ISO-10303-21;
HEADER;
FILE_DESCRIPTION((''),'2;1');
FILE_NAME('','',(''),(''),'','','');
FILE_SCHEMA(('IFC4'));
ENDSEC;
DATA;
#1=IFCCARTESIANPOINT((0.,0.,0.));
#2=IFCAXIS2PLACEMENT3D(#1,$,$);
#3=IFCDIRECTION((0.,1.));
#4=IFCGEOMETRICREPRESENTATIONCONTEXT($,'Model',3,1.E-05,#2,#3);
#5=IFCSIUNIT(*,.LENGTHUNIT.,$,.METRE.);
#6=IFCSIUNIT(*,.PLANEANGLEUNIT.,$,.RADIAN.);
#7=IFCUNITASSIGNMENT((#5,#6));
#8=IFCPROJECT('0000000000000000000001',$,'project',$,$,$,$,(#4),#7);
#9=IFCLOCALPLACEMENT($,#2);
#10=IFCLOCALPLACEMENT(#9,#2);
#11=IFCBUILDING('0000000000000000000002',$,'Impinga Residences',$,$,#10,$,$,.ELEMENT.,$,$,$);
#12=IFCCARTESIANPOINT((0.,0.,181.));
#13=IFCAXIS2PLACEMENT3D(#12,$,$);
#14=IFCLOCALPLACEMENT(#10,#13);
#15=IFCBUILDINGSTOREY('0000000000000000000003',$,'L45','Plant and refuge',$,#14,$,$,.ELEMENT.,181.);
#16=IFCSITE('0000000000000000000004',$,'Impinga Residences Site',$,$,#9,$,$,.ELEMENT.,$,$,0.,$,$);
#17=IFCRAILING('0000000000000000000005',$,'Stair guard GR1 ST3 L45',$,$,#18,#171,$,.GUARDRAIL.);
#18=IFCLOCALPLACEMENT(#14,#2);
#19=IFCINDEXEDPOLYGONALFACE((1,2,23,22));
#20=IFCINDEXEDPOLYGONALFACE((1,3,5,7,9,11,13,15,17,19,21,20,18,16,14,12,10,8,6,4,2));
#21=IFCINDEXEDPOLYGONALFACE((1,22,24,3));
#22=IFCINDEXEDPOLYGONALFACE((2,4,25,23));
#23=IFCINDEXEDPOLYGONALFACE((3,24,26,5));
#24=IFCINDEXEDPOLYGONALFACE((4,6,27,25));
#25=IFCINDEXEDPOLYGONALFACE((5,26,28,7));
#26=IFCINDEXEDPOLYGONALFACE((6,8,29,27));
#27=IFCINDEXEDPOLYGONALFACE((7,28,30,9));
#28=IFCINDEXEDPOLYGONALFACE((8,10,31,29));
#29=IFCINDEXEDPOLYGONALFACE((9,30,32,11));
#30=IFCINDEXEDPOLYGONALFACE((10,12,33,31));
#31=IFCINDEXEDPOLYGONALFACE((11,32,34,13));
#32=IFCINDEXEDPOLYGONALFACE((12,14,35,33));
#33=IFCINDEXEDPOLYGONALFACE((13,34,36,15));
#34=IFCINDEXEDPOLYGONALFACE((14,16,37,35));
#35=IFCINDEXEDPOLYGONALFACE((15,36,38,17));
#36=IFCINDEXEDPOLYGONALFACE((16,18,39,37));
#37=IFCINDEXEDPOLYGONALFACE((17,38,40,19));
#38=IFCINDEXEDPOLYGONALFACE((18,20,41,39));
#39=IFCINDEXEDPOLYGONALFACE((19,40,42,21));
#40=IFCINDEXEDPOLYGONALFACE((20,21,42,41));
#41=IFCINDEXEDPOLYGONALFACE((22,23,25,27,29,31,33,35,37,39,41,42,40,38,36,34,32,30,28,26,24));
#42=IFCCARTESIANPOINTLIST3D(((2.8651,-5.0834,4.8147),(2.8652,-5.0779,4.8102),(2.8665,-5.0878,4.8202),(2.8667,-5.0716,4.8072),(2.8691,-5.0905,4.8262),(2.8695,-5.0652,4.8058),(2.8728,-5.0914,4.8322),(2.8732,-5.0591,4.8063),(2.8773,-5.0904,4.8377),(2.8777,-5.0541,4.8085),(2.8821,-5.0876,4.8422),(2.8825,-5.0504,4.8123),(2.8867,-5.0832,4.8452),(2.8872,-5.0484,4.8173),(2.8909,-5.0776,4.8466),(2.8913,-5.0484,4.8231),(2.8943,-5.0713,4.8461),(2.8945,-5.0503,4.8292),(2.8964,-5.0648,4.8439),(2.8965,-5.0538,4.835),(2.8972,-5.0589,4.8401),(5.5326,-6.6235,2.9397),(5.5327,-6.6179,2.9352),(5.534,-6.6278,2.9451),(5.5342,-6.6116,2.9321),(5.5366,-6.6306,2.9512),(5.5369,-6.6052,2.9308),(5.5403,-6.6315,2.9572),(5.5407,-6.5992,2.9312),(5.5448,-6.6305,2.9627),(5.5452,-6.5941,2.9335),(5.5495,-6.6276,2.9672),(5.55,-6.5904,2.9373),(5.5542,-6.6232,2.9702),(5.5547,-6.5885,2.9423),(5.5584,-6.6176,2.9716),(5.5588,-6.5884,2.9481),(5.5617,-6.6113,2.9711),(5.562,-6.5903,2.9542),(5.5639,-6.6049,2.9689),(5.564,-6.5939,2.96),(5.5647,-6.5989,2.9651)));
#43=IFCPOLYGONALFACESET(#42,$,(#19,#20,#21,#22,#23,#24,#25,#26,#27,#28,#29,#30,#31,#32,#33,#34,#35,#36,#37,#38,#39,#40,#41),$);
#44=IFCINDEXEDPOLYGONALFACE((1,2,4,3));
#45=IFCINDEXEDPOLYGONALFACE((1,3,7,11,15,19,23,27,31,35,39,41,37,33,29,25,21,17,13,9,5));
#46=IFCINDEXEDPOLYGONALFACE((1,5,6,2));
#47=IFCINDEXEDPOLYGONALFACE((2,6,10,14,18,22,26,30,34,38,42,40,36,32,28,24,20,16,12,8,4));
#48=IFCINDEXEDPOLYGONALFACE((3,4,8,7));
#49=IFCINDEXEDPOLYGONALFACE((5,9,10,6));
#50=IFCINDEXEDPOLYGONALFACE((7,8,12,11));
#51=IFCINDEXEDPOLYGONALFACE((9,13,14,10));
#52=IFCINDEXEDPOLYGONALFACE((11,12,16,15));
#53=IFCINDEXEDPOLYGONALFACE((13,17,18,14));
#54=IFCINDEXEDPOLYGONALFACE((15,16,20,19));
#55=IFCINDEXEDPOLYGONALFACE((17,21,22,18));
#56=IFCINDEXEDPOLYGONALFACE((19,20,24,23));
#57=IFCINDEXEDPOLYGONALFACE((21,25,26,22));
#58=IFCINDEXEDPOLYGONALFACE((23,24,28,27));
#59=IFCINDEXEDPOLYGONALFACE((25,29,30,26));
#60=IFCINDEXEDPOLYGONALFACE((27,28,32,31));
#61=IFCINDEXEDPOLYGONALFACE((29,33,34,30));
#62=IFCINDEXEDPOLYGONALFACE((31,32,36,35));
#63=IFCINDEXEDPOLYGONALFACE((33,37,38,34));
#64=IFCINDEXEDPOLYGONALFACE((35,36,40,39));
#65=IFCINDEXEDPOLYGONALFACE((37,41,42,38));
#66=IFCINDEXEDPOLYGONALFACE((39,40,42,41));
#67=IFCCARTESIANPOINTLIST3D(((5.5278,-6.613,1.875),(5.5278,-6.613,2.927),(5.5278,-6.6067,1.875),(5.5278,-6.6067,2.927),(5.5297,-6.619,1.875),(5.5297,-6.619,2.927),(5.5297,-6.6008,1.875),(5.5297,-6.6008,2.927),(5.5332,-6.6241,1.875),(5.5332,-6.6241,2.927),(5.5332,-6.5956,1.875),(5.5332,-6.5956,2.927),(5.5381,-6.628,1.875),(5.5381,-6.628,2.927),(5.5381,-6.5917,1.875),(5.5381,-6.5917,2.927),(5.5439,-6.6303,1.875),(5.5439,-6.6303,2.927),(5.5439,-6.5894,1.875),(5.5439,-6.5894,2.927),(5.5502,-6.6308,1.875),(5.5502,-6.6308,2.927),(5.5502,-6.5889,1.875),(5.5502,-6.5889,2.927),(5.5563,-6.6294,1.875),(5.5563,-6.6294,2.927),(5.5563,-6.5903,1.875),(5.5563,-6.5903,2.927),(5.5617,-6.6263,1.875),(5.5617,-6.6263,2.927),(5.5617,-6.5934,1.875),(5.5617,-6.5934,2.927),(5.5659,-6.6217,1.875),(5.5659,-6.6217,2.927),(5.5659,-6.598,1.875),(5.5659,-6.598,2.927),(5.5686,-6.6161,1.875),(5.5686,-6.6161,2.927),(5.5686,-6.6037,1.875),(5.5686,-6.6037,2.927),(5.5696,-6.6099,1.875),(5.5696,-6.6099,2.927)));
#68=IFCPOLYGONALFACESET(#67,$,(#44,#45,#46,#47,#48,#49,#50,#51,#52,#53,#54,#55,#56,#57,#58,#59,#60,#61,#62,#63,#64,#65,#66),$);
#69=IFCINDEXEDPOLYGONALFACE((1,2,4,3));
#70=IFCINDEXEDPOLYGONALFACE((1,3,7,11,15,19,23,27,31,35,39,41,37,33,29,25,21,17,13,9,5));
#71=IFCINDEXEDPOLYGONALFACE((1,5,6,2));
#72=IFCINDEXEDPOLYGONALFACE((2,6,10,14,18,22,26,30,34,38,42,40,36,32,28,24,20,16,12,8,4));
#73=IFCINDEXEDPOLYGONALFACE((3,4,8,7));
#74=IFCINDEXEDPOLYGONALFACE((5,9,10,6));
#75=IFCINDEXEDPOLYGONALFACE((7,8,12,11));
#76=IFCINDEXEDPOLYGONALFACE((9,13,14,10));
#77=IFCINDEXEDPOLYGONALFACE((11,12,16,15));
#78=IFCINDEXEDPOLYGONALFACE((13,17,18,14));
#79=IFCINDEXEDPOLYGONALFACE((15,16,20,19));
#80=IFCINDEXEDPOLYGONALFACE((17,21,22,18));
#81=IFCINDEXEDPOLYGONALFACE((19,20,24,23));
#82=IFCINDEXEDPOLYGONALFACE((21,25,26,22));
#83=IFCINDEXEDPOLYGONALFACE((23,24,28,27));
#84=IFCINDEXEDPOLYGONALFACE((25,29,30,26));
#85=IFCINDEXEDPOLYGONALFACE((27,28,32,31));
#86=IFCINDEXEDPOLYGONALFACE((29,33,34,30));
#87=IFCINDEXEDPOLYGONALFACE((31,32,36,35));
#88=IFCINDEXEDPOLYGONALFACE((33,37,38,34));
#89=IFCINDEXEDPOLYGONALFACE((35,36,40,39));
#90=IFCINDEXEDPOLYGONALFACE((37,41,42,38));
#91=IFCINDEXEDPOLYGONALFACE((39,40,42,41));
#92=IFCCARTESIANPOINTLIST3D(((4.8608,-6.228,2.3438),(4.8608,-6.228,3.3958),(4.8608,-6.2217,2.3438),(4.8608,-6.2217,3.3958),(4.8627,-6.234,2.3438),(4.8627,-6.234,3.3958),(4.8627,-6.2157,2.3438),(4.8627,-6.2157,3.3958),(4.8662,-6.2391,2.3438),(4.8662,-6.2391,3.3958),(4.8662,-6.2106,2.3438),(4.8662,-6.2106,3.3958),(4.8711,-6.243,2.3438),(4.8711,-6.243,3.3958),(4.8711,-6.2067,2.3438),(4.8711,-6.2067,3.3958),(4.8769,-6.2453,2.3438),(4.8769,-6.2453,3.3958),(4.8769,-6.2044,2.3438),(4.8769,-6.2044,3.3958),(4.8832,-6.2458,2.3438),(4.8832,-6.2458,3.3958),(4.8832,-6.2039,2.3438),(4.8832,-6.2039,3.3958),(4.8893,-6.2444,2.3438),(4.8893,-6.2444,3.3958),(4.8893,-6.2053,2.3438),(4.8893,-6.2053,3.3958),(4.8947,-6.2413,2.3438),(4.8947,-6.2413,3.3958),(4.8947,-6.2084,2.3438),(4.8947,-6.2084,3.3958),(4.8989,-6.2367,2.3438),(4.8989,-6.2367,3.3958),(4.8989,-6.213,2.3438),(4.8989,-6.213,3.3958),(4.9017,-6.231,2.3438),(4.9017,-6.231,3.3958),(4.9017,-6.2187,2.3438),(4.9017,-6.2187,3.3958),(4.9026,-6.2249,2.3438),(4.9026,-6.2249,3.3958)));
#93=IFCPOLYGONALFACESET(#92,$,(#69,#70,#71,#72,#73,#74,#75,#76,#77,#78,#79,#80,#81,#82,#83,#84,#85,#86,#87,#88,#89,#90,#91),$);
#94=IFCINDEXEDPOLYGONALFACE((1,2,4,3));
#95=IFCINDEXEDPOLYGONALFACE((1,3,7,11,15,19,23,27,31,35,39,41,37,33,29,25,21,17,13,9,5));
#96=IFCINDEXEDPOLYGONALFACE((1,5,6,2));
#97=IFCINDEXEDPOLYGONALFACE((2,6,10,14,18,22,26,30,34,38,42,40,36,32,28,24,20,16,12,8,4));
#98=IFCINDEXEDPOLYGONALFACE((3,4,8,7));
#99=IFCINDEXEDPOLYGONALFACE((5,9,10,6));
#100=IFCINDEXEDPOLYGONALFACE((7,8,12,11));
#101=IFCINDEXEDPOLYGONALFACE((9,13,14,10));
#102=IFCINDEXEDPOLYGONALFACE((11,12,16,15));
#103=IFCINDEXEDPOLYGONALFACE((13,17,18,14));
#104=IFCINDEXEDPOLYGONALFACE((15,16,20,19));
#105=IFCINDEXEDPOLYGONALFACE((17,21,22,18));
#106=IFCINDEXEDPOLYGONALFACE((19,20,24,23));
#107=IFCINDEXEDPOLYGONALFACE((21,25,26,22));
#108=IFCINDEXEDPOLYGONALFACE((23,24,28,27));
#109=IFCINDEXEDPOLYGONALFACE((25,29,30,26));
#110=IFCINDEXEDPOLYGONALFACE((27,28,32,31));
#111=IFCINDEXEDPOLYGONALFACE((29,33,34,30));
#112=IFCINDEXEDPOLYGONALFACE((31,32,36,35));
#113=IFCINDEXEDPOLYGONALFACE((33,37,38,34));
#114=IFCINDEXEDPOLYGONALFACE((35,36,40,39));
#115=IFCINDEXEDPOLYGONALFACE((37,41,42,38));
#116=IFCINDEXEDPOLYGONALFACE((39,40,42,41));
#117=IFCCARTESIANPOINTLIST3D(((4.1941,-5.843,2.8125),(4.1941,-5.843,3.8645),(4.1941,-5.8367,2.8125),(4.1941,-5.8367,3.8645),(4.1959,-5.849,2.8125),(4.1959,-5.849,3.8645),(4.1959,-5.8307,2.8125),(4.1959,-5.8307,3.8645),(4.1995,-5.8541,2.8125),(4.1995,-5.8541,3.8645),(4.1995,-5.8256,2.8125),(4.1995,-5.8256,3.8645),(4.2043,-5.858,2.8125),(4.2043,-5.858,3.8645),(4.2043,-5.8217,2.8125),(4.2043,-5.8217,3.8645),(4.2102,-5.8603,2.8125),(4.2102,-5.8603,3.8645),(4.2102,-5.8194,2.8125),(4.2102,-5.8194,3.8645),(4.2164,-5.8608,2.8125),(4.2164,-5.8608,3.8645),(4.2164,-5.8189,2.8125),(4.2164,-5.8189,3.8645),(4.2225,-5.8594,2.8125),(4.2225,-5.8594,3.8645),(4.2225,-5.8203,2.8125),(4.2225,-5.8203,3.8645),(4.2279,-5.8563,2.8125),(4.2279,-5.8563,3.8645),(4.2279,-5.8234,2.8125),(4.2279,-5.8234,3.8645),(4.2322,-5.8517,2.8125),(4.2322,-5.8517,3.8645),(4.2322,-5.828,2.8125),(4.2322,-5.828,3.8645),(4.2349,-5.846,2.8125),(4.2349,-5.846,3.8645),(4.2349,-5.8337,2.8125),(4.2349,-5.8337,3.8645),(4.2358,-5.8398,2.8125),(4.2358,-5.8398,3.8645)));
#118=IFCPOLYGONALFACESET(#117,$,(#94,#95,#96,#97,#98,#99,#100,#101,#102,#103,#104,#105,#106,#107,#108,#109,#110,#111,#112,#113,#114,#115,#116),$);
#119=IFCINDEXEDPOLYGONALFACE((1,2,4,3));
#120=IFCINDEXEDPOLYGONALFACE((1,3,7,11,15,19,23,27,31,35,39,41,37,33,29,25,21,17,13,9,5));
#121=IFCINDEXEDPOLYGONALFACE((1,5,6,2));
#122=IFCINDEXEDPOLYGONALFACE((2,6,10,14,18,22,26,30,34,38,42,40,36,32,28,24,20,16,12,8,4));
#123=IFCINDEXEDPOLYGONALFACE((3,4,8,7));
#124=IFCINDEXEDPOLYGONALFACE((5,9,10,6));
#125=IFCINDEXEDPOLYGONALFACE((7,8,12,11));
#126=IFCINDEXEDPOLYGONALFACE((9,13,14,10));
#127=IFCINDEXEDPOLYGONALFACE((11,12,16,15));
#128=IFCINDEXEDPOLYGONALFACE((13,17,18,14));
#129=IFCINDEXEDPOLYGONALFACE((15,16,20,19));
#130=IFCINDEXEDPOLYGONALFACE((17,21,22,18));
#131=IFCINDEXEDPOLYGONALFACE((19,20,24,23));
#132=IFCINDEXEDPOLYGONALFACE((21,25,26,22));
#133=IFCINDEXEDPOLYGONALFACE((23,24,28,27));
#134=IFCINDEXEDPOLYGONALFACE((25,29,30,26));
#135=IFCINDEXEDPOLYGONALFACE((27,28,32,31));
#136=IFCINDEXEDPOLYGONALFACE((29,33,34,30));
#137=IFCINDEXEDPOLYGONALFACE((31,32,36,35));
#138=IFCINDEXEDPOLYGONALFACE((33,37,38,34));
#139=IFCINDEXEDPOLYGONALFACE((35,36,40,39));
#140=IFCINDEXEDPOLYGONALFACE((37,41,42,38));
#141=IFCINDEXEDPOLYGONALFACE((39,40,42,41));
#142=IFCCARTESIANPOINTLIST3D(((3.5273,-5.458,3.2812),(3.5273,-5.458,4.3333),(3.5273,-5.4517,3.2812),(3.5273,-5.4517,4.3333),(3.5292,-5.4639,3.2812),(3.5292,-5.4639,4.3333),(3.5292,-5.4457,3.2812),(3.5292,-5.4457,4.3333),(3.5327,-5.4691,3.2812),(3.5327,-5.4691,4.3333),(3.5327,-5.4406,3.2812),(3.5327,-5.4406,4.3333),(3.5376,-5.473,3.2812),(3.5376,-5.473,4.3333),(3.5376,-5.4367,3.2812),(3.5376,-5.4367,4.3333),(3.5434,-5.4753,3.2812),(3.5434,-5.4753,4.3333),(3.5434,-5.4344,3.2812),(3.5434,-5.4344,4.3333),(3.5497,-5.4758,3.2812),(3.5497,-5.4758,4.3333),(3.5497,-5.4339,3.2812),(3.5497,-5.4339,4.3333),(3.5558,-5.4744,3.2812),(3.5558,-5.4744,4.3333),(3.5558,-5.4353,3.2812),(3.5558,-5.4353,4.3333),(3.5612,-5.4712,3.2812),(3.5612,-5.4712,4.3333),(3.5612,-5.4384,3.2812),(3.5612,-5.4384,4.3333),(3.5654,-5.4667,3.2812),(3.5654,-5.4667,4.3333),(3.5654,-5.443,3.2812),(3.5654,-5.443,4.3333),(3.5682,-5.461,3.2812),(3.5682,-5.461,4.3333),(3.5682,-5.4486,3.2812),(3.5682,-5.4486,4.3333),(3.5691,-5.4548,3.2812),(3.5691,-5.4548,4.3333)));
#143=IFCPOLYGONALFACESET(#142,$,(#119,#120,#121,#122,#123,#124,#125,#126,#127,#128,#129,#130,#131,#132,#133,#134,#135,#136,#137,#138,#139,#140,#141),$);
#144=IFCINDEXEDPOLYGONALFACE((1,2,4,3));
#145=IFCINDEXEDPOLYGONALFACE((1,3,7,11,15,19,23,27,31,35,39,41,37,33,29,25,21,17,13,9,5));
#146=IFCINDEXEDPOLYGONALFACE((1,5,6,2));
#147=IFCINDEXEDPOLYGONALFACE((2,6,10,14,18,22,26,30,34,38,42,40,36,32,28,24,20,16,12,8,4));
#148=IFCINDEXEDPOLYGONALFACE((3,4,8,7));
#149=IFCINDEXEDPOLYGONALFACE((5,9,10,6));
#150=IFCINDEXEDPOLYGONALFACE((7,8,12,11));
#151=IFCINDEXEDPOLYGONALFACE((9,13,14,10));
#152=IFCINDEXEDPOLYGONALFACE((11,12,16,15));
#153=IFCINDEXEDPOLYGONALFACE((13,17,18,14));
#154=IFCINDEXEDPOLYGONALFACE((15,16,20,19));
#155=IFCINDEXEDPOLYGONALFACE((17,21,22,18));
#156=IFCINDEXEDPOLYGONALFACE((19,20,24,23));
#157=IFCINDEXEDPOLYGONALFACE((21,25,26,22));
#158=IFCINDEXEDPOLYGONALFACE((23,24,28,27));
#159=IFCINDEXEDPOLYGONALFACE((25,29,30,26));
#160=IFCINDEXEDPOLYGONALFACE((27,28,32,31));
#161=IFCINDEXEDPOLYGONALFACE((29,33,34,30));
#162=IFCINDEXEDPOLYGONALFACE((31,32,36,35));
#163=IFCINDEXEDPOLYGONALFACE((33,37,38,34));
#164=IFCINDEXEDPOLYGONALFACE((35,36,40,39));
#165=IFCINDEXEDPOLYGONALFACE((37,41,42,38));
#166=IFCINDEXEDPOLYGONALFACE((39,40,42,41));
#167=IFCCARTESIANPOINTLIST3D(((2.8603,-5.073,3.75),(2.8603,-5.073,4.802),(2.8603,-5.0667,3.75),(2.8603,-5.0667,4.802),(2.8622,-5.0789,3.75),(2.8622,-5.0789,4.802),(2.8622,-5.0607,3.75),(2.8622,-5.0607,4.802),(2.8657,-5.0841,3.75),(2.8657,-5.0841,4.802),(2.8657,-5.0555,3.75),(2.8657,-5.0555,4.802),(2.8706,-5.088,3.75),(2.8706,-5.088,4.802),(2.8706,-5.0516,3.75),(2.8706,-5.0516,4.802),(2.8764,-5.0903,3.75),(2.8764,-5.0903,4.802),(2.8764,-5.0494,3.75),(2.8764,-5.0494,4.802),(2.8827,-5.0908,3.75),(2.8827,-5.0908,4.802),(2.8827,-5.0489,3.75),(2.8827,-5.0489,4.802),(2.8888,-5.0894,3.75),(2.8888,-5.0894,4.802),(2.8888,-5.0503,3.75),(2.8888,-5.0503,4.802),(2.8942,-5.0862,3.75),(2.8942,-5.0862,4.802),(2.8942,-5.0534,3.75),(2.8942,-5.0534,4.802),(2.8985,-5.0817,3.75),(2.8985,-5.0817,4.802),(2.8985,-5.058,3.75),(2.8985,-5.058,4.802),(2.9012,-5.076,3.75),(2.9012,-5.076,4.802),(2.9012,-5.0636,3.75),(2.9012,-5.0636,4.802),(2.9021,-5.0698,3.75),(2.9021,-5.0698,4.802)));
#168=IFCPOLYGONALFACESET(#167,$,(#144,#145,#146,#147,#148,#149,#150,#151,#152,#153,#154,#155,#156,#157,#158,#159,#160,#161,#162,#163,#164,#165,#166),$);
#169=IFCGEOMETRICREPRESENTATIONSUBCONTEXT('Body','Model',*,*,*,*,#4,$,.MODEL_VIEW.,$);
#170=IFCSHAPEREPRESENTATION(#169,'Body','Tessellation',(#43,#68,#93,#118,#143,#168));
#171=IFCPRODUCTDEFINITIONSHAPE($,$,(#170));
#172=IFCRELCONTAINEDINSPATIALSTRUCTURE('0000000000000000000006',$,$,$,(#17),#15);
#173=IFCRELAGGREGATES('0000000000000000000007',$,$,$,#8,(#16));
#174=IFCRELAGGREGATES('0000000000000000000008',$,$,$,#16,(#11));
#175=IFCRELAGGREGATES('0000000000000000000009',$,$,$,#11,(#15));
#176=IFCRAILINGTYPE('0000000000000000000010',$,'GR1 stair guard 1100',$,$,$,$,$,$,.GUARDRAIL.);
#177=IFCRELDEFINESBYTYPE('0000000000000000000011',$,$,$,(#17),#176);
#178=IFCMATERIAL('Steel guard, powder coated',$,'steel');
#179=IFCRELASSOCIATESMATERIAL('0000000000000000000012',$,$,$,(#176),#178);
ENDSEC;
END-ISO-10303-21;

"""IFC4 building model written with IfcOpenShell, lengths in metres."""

from ifc_helpers import new_model, si_unit, direction, frame, origin, origin_2d, place, context, subcontext, project, spatial, circle, extrude, material, type_object, element, save


model = new_model("IFC4")

# Units and contexts
model_context = context("Model", 3, precision=1e-05, world=origin(), true_north=direction((0.0, 1.0)))
body_context = subcontext(model_context, "Body", "Model", "MODEL_VIEW")
ifc_project = project(units=[si_unit("LENGTHUNIT", "METRE"), si_unit("PLANEANGLEUNIT", "RADIAN")], contexts=[model_context])

# Site, building, storey
site_placement = place(None, origin())
site = spatial("IfcSite", under=ifc_project, at=site_placement, Name="Impinga Residences Site", CompositionType="ELEMENT", RefElevation=0.0)
building_placement = place(site_placement, origin())
building = spatial("IfcBuilding", under=site, at=building_placement, Name="Impinga Residences", CompositionType="ELEMENT")
storey_placement = place(building_placement, frame((0.0, 0.0, 181.0)))
storey = spatial("IfcBuildingStorey", under=building, at=storey_placement, Name="L45", Description="Plant and refuge", CompositionType="ELEMENT", Elevation=181.0)

# Railing
ifc_material_1 = material(Name="Steel guard, powder coated", Category="steel")
railing_type_1 = type_object("IfcRailingType", Name="GR1 stair guard 1100", PredefinedType="GUARDRAIL", material=ifc_material_1)
for number, where, name in (
    (1, (5.5486, -6.6099, 1.875), "Stair guard GR1 ST3 L45"),
):
    element("IfcRailing", number, at=place(storey_placement, frame(where)), inside=storey, type_object=railing_type_1, Name=name, PredefinedType="GUARDRAIL", context=body_context, shape_type="SweptSolid", body=[
        extrude(circle(Radius=0.0239, at=origin_2d()), frame((0.0, 0.0, 1.0762), z_axis=(-0.739746, 0.427084, 0.519975), x_axis=(-0.499992, -0.86603, 0.0)), (0.0, 0.0, 1.0), 3.606),
        extrude(circle(Radius=0.021, at=origin_2d()), origin(), (0.0, 0.0, 1.0), 1.052),
        extrude(circle(Radius=0.021, at=origin_2d()), frame((-0.667, 0.385, 0.4688)), (0.0, 0.0, 1.0), 1.052),
        extrude(circle(Radius=0.021, at=origin_2d()), frame((-1.3337, 0.77, 0.9375)), (0.0, 0.0, 1.0), 1.052),
        extrude(circle(Radius=0.021, at=origin_2d()), frame((-2.0005, 1.155, 1.4062)), (0.0, 0.0, 1.0), 1.052),
        extrude(circle(Radius=0.021, at=origin_2d()), frame((-2.6675, 1.54, 1.875)), (0.0, 0.0, 1.0), 1.052),
    ])

save(model, "model.ifc")
